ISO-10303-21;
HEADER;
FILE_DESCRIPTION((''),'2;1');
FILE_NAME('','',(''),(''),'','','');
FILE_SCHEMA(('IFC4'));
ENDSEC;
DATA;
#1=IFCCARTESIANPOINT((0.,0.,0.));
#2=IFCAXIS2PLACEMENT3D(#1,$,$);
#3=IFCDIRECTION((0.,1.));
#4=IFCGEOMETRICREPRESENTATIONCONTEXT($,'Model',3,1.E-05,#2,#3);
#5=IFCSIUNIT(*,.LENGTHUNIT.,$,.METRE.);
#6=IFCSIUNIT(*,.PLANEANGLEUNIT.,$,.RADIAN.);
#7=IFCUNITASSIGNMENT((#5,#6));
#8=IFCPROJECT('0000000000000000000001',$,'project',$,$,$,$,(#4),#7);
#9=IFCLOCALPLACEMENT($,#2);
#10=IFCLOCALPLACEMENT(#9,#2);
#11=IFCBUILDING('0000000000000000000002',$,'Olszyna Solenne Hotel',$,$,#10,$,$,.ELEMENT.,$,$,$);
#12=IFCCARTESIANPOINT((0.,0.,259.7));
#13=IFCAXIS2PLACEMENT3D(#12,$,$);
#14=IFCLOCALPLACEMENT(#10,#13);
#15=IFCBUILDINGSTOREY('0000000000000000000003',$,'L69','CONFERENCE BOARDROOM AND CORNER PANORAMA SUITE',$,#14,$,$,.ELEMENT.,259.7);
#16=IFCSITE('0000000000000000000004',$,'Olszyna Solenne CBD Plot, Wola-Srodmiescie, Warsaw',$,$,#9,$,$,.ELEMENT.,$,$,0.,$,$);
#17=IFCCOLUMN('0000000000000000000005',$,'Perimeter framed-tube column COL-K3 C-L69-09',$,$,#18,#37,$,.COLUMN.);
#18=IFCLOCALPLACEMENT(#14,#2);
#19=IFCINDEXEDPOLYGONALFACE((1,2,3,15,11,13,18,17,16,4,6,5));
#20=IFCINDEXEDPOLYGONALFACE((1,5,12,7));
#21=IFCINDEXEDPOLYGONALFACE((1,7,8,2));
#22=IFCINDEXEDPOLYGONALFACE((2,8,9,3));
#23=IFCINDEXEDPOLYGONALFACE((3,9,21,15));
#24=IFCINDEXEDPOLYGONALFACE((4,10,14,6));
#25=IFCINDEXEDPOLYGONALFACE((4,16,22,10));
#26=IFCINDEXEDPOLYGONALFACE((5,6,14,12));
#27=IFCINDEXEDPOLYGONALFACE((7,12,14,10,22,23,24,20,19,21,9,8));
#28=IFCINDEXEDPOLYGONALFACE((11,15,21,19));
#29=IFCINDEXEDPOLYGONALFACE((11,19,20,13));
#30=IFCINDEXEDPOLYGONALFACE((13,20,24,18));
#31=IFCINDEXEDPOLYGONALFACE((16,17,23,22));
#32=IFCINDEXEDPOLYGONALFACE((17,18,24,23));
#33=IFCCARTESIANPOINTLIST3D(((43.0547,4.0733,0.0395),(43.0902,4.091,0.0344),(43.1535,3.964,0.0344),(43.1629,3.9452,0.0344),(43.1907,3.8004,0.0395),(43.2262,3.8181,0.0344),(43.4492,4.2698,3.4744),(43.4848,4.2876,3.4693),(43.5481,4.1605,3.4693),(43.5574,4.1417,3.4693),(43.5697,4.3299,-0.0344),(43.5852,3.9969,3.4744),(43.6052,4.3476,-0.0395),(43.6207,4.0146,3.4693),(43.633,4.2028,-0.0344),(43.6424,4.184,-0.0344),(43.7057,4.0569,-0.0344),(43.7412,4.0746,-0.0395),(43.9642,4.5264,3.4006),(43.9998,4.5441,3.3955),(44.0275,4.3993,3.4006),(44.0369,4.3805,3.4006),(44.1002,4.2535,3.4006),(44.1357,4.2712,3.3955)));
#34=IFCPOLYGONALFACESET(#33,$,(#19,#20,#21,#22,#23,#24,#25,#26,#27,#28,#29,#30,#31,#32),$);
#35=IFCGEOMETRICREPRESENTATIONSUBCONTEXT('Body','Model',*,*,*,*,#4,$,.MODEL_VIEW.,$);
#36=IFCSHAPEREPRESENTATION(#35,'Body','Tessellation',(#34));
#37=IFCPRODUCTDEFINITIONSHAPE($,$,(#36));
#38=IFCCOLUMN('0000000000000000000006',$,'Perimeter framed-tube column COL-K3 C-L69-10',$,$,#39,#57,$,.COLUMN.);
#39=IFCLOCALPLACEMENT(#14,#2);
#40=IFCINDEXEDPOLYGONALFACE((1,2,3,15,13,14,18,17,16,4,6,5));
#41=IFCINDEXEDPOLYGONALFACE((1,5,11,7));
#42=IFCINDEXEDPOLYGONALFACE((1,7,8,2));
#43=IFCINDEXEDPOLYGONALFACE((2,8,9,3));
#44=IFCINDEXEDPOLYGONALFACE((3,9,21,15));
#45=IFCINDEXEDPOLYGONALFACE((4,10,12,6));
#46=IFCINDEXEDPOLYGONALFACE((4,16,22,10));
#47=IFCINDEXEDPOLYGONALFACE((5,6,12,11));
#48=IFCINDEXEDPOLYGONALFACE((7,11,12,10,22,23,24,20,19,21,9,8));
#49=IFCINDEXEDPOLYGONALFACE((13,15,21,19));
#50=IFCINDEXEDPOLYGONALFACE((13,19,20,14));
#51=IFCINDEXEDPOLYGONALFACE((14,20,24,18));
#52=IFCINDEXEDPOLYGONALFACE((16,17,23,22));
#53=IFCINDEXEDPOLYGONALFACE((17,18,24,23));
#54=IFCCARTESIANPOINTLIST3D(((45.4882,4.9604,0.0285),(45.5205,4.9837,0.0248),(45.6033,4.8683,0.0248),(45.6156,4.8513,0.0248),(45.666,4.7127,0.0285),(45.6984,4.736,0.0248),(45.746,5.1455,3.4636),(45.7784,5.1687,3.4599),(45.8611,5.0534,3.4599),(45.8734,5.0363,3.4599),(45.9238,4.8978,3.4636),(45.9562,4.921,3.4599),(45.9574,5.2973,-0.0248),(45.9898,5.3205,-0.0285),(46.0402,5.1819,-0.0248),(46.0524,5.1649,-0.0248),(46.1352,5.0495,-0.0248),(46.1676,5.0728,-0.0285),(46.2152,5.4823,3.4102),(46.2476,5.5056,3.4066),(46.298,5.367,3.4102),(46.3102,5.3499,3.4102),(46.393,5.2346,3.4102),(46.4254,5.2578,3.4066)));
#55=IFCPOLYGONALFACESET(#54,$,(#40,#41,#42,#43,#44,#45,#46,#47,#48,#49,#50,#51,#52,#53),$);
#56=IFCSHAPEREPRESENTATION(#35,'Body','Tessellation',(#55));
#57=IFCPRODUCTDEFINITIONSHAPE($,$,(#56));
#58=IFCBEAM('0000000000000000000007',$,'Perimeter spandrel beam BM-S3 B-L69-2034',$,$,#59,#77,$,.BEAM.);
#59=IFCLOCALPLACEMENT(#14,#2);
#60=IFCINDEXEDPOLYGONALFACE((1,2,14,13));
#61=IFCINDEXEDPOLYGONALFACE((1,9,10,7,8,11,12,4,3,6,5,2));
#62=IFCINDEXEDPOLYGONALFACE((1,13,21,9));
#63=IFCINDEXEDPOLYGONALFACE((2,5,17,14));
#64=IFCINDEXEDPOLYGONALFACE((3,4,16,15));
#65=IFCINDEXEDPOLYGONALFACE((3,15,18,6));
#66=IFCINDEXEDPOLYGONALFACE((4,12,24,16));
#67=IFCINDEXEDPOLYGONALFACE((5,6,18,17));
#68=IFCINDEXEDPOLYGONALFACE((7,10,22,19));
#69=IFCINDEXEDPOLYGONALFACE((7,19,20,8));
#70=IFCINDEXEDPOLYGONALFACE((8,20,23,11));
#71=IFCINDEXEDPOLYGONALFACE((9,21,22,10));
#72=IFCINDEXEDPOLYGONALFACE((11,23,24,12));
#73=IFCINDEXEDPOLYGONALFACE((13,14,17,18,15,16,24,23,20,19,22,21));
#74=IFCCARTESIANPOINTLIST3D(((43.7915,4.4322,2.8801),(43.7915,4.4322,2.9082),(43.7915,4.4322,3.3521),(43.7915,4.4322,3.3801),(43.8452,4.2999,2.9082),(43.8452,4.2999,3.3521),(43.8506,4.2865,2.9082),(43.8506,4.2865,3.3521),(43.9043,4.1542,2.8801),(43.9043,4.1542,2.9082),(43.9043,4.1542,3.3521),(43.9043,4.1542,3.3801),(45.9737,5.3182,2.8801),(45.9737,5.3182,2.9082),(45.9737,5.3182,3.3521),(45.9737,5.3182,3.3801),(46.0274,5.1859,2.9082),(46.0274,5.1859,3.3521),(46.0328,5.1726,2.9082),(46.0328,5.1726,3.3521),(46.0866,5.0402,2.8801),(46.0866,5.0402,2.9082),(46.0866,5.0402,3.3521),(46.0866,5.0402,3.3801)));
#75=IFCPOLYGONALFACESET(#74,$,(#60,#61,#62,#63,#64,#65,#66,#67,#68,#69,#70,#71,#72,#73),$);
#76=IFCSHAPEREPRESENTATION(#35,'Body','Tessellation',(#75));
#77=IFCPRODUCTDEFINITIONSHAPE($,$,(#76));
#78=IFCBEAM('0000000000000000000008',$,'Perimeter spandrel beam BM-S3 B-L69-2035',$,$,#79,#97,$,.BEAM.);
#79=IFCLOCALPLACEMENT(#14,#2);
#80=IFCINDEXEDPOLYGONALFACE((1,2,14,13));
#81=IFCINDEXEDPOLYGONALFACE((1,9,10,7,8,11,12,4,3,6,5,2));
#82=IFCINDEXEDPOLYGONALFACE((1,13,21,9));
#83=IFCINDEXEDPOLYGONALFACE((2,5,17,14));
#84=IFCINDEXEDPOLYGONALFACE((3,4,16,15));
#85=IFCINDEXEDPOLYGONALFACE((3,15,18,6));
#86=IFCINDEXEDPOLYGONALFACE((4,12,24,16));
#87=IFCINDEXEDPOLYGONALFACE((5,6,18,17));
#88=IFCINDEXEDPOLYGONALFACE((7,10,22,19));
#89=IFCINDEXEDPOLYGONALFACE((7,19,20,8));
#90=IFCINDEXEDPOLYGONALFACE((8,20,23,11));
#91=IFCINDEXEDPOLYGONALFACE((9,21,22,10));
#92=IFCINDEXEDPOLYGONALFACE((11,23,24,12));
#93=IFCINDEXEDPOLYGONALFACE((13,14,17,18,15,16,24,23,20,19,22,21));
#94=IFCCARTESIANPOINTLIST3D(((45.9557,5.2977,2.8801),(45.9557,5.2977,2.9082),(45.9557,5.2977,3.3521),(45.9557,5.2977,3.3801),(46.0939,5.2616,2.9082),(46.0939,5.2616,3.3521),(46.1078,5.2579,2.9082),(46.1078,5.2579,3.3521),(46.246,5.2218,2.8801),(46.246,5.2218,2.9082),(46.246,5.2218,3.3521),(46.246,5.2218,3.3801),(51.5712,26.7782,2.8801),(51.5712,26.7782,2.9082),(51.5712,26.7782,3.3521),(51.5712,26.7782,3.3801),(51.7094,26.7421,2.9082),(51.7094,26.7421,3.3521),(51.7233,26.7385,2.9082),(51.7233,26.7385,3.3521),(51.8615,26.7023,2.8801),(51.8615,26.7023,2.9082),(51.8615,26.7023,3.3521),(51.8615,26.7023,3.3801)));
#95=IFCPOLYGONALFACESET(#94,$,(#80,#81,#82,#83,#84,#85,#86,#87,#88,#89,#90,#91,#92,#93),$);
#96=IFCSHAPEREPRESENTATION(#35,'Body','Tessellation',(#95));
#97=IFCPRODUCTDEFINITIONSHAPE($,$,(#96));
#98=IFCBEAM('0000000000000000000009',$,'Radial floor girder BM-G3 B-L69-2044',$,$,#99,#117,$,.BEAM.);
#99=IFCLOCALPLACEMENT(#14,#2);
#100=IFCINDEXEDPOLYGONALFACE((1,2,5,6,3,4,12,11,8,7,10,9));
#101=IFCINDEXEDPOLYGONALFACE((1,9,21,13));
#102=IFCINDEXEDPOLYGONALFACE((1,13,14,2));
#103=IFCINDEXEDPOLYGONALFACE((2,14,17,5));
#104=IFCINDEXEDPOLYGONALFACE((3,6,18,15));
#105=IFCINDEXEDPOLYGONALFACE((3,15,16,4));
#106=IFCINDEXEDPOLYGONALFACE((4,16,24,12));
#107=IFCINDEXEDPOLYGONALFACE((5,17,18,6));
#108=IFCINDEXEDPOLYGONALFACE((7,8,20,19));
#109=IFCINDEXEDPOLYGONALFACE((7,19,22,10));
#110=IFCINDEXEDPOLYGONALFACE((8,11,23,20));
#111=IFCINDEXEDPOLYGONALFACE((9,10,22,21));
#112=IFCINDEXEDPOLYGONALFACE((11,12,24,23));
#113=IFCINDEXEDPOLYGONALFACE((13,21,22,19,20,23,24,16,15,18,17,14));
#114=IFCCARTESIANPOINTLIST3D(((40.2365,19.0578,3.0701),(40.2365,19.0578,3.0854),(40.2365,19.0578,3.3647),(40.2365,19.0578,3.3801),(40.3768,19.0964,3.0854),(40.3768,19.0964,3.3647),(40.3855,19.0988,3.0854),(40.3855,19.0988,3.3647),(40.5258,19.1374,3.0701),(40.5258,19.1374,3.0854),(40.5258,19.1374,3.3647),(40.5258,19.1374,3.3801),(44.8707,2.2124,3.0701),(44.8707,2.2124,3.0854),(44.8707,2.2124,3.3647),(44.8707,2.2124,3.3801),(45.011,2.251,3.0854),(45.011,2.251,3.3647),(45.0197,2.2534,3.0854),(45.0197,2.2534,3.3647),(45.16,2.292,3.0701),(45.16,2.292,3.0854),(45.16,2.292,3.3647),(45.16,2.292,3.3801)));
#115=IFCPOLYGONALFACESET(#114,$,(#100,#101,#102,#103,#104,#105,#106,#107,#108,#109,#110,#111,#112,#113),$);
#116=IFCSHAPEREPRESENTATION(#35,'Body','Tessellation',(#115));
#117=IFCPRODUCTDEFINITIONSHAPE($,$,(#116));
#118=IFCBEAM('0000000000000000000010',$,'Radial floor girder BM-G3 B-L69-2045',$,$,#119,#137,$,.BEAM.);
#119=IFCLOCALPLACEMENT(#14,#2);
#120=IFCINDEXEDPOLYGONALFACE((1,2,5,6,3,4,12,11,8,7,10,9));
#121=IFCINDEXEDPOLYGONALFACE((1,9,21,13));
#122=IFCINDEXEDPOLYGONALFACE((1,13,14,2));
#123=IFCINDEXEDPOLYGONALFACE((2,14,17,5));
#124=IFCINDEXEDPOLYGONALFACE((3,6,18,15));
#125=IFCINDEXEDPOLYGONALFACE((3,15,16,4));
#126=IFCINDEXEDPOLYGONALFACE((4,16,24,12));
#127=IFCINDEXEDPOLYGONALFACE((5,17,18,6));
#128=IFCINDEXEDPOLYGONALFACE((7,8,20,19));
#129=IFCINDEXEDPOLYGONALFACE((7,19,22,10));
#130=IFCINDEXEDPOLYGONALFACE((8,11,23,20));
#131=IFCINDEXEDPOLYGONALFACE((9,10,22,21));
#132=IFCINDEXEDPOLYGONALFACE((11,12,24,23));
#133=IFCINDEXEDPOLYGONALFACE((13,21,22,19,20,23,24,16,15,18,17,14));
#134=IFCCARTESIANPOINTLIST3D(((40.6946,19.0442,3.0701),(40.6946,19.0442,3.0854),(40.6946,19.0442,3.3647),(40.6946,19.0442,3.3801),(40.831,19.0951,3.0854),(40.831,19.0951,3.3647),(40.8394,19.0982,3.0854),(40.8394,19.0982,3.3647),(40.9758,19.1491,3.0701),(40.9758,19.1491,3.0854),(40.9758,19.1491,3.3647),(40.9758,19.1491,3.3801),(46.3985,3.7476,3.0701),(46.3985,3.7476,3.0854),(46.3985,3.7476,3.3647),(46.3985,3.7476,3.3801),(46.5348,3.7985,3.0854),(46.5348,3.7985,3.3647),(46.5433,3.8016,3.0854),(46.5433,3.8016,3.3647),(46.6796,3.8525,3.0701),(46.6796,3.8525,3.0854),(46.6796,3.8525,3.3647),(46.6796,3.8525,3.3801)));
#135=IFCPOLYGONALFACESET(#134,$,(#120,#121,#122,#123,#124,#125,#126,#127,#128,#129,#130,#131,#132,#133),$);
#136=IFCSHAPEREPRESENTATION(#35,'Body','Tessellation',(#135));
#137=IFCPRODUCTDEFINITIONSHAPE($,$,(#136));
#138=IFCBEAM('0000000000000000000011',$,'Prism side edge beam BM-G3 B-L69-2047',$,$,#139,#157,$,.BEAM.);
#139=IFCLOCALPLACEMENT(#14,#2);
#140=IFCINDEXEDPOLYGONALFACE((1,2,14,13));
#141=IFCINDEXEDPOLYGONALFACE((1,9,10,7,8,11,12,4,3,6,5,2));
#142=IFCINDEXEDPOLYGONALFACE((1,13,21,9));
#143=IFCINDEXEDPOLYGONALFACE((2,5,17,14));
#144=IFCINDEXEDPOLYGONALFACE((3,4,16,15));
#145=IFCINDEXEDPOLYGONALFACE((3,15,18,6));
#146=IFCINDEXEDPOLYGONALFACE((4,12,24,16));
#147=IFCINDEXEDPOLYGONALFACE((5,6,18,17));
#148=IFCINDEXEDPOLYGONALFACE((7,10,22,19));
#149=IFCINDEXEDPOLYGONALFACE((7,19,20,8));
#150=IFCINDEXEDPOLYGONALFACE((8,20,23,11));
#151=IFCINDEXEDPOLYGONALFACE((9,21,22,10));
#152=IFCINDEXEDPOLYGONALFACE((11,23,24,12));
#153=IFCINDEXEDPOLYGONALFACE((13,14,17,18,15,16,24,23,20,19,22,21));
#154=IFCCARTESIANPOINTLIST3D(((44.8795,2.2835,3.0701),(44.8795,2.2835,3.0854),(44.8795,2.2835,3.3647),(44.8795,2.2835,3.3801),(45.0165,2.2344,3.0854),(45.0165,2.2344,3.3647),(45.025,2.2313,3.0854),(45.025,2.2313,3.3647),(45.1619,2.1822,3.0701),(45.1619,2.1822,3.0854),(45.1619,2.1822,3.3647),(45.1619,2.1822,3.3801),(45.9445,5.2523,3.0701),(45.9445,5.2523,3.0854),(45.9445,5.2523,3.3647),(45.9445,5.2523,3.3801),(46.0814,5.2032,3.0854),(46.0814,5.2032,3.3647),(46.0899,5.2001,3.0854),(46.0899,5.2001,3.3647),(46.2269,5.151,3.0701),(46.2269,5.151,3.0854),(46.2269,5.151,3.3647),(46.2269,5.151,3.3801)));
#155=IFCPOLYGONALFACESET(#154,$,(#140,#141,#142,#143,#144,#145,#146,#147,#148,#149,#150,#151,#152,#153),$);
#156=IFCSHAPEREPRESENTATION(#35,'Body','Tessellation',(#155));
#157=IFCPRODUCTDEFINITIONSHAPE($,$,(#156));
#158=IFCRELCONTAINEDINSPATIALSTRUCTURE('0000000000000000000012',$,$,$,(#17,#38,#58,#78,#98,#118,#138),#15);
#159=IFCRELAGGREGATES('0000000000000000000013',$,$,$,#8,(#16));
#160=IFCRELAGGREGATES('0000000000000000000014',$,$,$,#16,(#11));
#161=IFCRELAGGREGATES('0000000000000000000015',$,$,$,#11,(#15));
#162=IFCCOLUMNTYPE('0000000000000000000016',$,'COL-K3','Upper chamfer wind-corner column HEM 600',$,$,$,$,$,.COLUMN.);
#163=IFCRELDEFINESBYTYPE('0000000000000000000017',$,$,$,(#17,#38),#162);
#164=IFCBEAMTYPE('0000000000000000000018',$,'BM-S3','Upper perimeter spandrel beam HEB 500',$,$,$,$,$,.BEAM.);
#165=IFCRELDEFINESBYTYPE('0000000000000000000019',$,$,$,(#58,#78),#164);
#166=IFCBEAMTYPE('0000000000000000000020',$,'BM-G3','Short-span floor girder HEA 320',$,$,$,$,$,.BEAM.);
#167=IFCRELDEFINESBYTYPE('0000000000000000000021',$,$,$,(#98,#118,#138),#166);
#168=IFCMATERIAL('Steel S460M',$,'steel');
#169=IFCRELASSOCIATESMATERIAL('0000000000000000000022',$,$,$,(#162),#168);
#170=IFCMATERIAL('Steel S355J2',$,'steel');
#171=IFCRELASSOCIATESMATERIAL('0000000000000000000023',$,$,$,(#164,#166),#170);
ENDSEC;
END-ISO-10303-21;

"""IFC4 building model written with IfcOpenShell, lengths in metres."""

from ifc_helpers import new_model, si_unit, direction, frame, origin, origin_2d, place, context, subcontext, project, spatial, i_section, extrude, source, transform, mapped, material, material_profile, profile_set, type_object, element, save


model = new_model("IFC4")

# Units and contexts
model_context = context("Model", 3, precision=1e-05, world=origin(), true_north=direction((0.0, 1.0)))
body_context = subcontext(model_context, "Body", "Model", "MODEL_VIEW")
ifc_project = project(units=[si_unit("LENGTHUNIT", "METRE"), si_unit("PLANEANGLEUNIT", "RADIAN")], contexts=[model_context])

# Site, building, storey
site_placement = place(None, origin())
site = spatial("IfcSite", under=ifc_project, at=site_placement, Name="Olszyna Solenne CBD Plot, Wola-Srodmiescie, Warsaw", CompositionType="ELEMENT", RefElevation=0.0)
building_placement = place(site_placement, origin())
building = spatial("IfcBuilding", under=site, at=building_placement, Name="Olszyna Solenne Hotel", CompositionType="ELEMENT")
storey_placement = place(building_placement, frame((0.0, 0.0, 259.7)))
storey = spatial("IfcBuildingStorey", under=building, at=storey_placement, Name="L69", Description="CONFERENCE BOARDROOM AND CORNER PANORAMA SUITE", CompositionType="ELEMENT", Elevation=259.7)

# Columns
ifc_material_1 = material(Name="Steel S460M", Category="steel")
ifc_material_profile_1 = material_profile(ifc_material_1, i_section(OverallWidth=0.3049, OverallDepth=0.6201, WebThickness=0.021, FlangeThickness=0.04, at=origin_2d()), Name="HEM 600", Category="load-bearing")
ifc_profile_set_1 = profile_set([ifc_material_profile_1], Name="Steel S460M")
column_type = type_object("IfcColumnType", Name="COL-K3", Description="Upper chamfer wind-corner column HEM 600", PredefinedType="COLUMN", material=ifc_profile_set_1)
shared_shape_1 = source(origin(), body_context, "Body", "SweptSolid", [
    extrude(i_section(OverallWidth=0.3049, OverallDepth=0.6201, WebThickness=0.021, FlangeThickness=0.04, at=origin_2d()), origin(), (0.0, 0.0, 1.0), 3.4631),
])
column_1_placement = place(storey_placement, frame((43.3979, 4.074, 0.0), z_axis=(0.11392, 0.056749, 0.991868), x_axis=(-0.445884, 0.895091, 0.0)))
element("IfcColumn", 1, at=column_1_placement, inside=storey, type_object=column_type, Name="Perimeter framed-tube column COL-K3 C-L69-09", PredefinedType="COLUMN", context=body_context, shape_type="MappedRepresentation", body=[
    mapped(shared_shape_1, transform((0.0, 0.0, 0.0), x_axis=(1.0, 0.0, 0.0), y_axis=(0.0, 1.0, 0.0), z_axis=(0.0, 0.0, 1.0), scale=1.0)),
])
shared_shape_2 = source(origin(), body_context, "Body", "SweptSolid", [
    extrude(i_section(OverallWidth=0.3049, OverallDepth=0.6201, WebThickness=0.021, FlangeThickness=0.04, at=origin_2d()), origin(), (0.0, 0.0, 1.0), 3.4497),
])
column_2_placement = place(storey_placement, frame((45.8279, 5.0166, 0.0), z_axis=(0.074735, 0.053645, 0.995759), x_axis=(-0.583129, 0.81238, 0.0)))
element("IfcColumn", 2, at=column_2_placement, inside=storey, type_object=column_type, Name="Perimeter framed-tube column COL-K3 C-L69-10", PredefinedType="COLUMN", context=body_context, shape_type="MappedRepresentation", body=[
    mapped(shared_shape_2, transform((0.0, 0.0, 0.0), x_axis=(1.0, 0.0, 0.0), y_axis=(0.0, 1.0, 0.0), z_axis=(0.0, 0.0, 1.0), scale=1.0)),
])

# Beams
ifc_material_2 = material(Name="Steel S355J2", Category="steel")
ifc_material_profile_2 = material_profile(ifc_material_2, i_section(OverallWidth=0.3, OverallDepth=0.5, WebThickness=0.0144, FlangeThickness=0.0281, at=origin_2d()), Name="HEB 500", Category="load-bearing")
ifc_profile_set_2 = profile_set([ifc_material_profile_2], Name="Steel S355J2")
beam_type_1 = type_object("IfcBeamType", Name="BM-S3", Description="Upper perimeter spandrel beam HEB 500", PredefinedType="BEAM", material=ifc_profile_set_2)
shared_shape_3 = source(origin(), body_context, "Body", "SweptSolid", [
    extrude(i_section(OverallWidth=0.3, OverallDepth=0.5, WebThickness=0.0144, FlangeThickness=0.0281, at=origin_2d()), origin(), (0.0, 0.0, 1.0), 2.3552),
])
beam_1_placement = place(storey_placement, frame((43.8479, 4.2932, 3.1301), z_axis=(0.926541, 0.376194, 0.0), x_axis=(-0.376194, 0.926541, 0.0)))
element("IfcBeam", 3, at=beam_1_placement, inside=storey, type_object=beam_type_1, Name="Perimeter spandrel beam BM-S3 B-L69-2034", PredefinedType="BEAM", context=body_context, shape_type="MappedRepresentation", body=[
    mapped(shared_shape_3, transform((0.0, 0.0, 0.0), x_axis=(1.0, 0.0, 0.0), y_axis=(0.0, 1.0, 0.0), z_axis=(0.0, 0.0, 1.0), scale=1.0)),
])
shared_shape_4 = source(origin(), body_context, "Body", "SweptSolid", [
    extrude(i_section(OverallWidth=0.3, OverallDepth=0.5, WebThickness=0.0144, FlangeThickness=0.0281, at=origin_2d()), origin(), (0.0, 0.0, 1.0), 22.2024),
])
beam_2_placement = place(storey_placement, frame((46.1008, 5.2598, 3.1301), z_axis=(0.252923, 0.967486, 0.0), x_axis=(-0.967486, 0.252923, 0.0)))
element("IfcBeam", 4, at=beam_2_placement, inside=storey, type_object=beam_type_1, Name="Perimeter spandrel beam BM-S3 B-L69-2035", PredefinedType="BEAM", context=body_context, shape_type="MappedRepresentation", body=[
    mapped(shared_shape_4, transform((0.0, 0.0, 0.0), x_axis=(1.0, 0.0, 0.0), y_axis=(0.0, 1.0, 0.0), z_axis=(0.0, 0.0, 1.0), scale=1.0)),
])
ifc_material_profile_3 = material_profile(ifc_material_2, i_section(OverallWidth=0.3, OverallDepth=0.3101, WebThickness=0.009, FlangeThickness=0.0154, at=origin_2d()), Name="HEA 320", Category="load-bearing")
ifc_profile_set_3 = profile_set([ifc_material_profile_3], Name="Steel S355J2")
beam_type_2 = type_object("IfcBeamType", Name="BM-G3", Description="Short-span floor girder HEA 320", PredefinedType="BEAM", material=ifc_profile_set_3)
shared_shape_5 = source(origin(), body_context, "Body", "SweptSolid", [
    extrude(i_section(OverallWidth=0.3, OverallDepth=0.3101, WebThickness=0.009, FlangeThickness=0.0154, at=origin_2d()), origin(), (0.0, 0.0, 1.0), 17.4712),
])
beam_3_placement = place(storey_placement, frame((45.0154, 2.2522, 3.2251), z_axis=(-0.265251, 0.964179, 0.0), x_axis=(-0.964179, -0.265251, 0.0)))
element("IfcBeam", 5, at=beam_3_placement, inside=storey, type_object=beam_type_2, Name="Radial floor girder BM-G3 B-L69-2044", PredefinedType="BEAM", context=body_context, shape_type="MappedRepresentation", body=[
    mapped(shared_shape_5, transform((0.0, 0.0, 0.0), x_axis=(1.0, 0.0, 0.0), y_axis=(0.0, 1.0, 0.0), z_axis=(0.0, 0.0, 1.0), scale=1.0)),
])
shared_shape_6 = source(origin(), body_context, "Body", "SweptSolid", [
    extrude(i_section(OverallWidth=0.3, OverallDepth=0.3101, WebThickness=0.009, FlangeThickness=0.0154, at=origin_2d()), origin(), (0.0, 0.0, 1.0), 16.3254),
])
beam_4_placement = place(storey_placement, frame((46.5391, 3.8, 3.2251), z_axis=(-0.349384, 0.93698, 0.0), x_axis=(-0.93698, -0.349384, 0.0)))
element("IfcBeam", 6, at=beam_4_placement, inside=storey, type_object=beam_type_2, Name="Radial floor girder BM-G3 B-L69-2045", PredefinedType="BEAM", context=body_context, shape_type="MappedRepresentation", body=[
    mapped(shared_shape_6, transform((0.0, 0.0, 0.0), x_axis=(1.0, 0.0, 0.0), y_axis=(0.0, 1.0, 0.0), z_axis=(0.0, 0.0, 1.0), scale=1.0)),
])
shared_shape_7 = source(origin(), body_context, "Body", "SweptSolid", [
    extrude(i_section(OverallWidth=0.3, OverallDepth=0.3101, WebThickness=0.009, FlangeThickness=0.0154, at=origin_2d()), origin(), (0.0, 0.0, 1.0), 3.1541),
])
beam_5_placement = place(storey_placement, frame((46.0857, 5.2017, 3.2251), z_axis=(-0.33765, -0.941272, 0.0), x_axis=(0.941272, -0.33765, 0.0)))
element("IfcBeam", 7, at=beam_5_placement, inside=storey, type_object=beam_type_2, Name="Prism side edge beam BM-G3 B-L69-2047", PredefinedType="BEAM", context=body_context, shape_type="MappedRepresentation", body=[
    mapped(shared_shape_7, transform((0.0, 0.0, 0.0), x_axis=(1.0, 0.0, 0.0), y_axis=(0.0, 1.0, 0.0), z_axis=(0.0, 0.0, 1.0), scale=1.0)),
])

save(model, "model.ifc")
